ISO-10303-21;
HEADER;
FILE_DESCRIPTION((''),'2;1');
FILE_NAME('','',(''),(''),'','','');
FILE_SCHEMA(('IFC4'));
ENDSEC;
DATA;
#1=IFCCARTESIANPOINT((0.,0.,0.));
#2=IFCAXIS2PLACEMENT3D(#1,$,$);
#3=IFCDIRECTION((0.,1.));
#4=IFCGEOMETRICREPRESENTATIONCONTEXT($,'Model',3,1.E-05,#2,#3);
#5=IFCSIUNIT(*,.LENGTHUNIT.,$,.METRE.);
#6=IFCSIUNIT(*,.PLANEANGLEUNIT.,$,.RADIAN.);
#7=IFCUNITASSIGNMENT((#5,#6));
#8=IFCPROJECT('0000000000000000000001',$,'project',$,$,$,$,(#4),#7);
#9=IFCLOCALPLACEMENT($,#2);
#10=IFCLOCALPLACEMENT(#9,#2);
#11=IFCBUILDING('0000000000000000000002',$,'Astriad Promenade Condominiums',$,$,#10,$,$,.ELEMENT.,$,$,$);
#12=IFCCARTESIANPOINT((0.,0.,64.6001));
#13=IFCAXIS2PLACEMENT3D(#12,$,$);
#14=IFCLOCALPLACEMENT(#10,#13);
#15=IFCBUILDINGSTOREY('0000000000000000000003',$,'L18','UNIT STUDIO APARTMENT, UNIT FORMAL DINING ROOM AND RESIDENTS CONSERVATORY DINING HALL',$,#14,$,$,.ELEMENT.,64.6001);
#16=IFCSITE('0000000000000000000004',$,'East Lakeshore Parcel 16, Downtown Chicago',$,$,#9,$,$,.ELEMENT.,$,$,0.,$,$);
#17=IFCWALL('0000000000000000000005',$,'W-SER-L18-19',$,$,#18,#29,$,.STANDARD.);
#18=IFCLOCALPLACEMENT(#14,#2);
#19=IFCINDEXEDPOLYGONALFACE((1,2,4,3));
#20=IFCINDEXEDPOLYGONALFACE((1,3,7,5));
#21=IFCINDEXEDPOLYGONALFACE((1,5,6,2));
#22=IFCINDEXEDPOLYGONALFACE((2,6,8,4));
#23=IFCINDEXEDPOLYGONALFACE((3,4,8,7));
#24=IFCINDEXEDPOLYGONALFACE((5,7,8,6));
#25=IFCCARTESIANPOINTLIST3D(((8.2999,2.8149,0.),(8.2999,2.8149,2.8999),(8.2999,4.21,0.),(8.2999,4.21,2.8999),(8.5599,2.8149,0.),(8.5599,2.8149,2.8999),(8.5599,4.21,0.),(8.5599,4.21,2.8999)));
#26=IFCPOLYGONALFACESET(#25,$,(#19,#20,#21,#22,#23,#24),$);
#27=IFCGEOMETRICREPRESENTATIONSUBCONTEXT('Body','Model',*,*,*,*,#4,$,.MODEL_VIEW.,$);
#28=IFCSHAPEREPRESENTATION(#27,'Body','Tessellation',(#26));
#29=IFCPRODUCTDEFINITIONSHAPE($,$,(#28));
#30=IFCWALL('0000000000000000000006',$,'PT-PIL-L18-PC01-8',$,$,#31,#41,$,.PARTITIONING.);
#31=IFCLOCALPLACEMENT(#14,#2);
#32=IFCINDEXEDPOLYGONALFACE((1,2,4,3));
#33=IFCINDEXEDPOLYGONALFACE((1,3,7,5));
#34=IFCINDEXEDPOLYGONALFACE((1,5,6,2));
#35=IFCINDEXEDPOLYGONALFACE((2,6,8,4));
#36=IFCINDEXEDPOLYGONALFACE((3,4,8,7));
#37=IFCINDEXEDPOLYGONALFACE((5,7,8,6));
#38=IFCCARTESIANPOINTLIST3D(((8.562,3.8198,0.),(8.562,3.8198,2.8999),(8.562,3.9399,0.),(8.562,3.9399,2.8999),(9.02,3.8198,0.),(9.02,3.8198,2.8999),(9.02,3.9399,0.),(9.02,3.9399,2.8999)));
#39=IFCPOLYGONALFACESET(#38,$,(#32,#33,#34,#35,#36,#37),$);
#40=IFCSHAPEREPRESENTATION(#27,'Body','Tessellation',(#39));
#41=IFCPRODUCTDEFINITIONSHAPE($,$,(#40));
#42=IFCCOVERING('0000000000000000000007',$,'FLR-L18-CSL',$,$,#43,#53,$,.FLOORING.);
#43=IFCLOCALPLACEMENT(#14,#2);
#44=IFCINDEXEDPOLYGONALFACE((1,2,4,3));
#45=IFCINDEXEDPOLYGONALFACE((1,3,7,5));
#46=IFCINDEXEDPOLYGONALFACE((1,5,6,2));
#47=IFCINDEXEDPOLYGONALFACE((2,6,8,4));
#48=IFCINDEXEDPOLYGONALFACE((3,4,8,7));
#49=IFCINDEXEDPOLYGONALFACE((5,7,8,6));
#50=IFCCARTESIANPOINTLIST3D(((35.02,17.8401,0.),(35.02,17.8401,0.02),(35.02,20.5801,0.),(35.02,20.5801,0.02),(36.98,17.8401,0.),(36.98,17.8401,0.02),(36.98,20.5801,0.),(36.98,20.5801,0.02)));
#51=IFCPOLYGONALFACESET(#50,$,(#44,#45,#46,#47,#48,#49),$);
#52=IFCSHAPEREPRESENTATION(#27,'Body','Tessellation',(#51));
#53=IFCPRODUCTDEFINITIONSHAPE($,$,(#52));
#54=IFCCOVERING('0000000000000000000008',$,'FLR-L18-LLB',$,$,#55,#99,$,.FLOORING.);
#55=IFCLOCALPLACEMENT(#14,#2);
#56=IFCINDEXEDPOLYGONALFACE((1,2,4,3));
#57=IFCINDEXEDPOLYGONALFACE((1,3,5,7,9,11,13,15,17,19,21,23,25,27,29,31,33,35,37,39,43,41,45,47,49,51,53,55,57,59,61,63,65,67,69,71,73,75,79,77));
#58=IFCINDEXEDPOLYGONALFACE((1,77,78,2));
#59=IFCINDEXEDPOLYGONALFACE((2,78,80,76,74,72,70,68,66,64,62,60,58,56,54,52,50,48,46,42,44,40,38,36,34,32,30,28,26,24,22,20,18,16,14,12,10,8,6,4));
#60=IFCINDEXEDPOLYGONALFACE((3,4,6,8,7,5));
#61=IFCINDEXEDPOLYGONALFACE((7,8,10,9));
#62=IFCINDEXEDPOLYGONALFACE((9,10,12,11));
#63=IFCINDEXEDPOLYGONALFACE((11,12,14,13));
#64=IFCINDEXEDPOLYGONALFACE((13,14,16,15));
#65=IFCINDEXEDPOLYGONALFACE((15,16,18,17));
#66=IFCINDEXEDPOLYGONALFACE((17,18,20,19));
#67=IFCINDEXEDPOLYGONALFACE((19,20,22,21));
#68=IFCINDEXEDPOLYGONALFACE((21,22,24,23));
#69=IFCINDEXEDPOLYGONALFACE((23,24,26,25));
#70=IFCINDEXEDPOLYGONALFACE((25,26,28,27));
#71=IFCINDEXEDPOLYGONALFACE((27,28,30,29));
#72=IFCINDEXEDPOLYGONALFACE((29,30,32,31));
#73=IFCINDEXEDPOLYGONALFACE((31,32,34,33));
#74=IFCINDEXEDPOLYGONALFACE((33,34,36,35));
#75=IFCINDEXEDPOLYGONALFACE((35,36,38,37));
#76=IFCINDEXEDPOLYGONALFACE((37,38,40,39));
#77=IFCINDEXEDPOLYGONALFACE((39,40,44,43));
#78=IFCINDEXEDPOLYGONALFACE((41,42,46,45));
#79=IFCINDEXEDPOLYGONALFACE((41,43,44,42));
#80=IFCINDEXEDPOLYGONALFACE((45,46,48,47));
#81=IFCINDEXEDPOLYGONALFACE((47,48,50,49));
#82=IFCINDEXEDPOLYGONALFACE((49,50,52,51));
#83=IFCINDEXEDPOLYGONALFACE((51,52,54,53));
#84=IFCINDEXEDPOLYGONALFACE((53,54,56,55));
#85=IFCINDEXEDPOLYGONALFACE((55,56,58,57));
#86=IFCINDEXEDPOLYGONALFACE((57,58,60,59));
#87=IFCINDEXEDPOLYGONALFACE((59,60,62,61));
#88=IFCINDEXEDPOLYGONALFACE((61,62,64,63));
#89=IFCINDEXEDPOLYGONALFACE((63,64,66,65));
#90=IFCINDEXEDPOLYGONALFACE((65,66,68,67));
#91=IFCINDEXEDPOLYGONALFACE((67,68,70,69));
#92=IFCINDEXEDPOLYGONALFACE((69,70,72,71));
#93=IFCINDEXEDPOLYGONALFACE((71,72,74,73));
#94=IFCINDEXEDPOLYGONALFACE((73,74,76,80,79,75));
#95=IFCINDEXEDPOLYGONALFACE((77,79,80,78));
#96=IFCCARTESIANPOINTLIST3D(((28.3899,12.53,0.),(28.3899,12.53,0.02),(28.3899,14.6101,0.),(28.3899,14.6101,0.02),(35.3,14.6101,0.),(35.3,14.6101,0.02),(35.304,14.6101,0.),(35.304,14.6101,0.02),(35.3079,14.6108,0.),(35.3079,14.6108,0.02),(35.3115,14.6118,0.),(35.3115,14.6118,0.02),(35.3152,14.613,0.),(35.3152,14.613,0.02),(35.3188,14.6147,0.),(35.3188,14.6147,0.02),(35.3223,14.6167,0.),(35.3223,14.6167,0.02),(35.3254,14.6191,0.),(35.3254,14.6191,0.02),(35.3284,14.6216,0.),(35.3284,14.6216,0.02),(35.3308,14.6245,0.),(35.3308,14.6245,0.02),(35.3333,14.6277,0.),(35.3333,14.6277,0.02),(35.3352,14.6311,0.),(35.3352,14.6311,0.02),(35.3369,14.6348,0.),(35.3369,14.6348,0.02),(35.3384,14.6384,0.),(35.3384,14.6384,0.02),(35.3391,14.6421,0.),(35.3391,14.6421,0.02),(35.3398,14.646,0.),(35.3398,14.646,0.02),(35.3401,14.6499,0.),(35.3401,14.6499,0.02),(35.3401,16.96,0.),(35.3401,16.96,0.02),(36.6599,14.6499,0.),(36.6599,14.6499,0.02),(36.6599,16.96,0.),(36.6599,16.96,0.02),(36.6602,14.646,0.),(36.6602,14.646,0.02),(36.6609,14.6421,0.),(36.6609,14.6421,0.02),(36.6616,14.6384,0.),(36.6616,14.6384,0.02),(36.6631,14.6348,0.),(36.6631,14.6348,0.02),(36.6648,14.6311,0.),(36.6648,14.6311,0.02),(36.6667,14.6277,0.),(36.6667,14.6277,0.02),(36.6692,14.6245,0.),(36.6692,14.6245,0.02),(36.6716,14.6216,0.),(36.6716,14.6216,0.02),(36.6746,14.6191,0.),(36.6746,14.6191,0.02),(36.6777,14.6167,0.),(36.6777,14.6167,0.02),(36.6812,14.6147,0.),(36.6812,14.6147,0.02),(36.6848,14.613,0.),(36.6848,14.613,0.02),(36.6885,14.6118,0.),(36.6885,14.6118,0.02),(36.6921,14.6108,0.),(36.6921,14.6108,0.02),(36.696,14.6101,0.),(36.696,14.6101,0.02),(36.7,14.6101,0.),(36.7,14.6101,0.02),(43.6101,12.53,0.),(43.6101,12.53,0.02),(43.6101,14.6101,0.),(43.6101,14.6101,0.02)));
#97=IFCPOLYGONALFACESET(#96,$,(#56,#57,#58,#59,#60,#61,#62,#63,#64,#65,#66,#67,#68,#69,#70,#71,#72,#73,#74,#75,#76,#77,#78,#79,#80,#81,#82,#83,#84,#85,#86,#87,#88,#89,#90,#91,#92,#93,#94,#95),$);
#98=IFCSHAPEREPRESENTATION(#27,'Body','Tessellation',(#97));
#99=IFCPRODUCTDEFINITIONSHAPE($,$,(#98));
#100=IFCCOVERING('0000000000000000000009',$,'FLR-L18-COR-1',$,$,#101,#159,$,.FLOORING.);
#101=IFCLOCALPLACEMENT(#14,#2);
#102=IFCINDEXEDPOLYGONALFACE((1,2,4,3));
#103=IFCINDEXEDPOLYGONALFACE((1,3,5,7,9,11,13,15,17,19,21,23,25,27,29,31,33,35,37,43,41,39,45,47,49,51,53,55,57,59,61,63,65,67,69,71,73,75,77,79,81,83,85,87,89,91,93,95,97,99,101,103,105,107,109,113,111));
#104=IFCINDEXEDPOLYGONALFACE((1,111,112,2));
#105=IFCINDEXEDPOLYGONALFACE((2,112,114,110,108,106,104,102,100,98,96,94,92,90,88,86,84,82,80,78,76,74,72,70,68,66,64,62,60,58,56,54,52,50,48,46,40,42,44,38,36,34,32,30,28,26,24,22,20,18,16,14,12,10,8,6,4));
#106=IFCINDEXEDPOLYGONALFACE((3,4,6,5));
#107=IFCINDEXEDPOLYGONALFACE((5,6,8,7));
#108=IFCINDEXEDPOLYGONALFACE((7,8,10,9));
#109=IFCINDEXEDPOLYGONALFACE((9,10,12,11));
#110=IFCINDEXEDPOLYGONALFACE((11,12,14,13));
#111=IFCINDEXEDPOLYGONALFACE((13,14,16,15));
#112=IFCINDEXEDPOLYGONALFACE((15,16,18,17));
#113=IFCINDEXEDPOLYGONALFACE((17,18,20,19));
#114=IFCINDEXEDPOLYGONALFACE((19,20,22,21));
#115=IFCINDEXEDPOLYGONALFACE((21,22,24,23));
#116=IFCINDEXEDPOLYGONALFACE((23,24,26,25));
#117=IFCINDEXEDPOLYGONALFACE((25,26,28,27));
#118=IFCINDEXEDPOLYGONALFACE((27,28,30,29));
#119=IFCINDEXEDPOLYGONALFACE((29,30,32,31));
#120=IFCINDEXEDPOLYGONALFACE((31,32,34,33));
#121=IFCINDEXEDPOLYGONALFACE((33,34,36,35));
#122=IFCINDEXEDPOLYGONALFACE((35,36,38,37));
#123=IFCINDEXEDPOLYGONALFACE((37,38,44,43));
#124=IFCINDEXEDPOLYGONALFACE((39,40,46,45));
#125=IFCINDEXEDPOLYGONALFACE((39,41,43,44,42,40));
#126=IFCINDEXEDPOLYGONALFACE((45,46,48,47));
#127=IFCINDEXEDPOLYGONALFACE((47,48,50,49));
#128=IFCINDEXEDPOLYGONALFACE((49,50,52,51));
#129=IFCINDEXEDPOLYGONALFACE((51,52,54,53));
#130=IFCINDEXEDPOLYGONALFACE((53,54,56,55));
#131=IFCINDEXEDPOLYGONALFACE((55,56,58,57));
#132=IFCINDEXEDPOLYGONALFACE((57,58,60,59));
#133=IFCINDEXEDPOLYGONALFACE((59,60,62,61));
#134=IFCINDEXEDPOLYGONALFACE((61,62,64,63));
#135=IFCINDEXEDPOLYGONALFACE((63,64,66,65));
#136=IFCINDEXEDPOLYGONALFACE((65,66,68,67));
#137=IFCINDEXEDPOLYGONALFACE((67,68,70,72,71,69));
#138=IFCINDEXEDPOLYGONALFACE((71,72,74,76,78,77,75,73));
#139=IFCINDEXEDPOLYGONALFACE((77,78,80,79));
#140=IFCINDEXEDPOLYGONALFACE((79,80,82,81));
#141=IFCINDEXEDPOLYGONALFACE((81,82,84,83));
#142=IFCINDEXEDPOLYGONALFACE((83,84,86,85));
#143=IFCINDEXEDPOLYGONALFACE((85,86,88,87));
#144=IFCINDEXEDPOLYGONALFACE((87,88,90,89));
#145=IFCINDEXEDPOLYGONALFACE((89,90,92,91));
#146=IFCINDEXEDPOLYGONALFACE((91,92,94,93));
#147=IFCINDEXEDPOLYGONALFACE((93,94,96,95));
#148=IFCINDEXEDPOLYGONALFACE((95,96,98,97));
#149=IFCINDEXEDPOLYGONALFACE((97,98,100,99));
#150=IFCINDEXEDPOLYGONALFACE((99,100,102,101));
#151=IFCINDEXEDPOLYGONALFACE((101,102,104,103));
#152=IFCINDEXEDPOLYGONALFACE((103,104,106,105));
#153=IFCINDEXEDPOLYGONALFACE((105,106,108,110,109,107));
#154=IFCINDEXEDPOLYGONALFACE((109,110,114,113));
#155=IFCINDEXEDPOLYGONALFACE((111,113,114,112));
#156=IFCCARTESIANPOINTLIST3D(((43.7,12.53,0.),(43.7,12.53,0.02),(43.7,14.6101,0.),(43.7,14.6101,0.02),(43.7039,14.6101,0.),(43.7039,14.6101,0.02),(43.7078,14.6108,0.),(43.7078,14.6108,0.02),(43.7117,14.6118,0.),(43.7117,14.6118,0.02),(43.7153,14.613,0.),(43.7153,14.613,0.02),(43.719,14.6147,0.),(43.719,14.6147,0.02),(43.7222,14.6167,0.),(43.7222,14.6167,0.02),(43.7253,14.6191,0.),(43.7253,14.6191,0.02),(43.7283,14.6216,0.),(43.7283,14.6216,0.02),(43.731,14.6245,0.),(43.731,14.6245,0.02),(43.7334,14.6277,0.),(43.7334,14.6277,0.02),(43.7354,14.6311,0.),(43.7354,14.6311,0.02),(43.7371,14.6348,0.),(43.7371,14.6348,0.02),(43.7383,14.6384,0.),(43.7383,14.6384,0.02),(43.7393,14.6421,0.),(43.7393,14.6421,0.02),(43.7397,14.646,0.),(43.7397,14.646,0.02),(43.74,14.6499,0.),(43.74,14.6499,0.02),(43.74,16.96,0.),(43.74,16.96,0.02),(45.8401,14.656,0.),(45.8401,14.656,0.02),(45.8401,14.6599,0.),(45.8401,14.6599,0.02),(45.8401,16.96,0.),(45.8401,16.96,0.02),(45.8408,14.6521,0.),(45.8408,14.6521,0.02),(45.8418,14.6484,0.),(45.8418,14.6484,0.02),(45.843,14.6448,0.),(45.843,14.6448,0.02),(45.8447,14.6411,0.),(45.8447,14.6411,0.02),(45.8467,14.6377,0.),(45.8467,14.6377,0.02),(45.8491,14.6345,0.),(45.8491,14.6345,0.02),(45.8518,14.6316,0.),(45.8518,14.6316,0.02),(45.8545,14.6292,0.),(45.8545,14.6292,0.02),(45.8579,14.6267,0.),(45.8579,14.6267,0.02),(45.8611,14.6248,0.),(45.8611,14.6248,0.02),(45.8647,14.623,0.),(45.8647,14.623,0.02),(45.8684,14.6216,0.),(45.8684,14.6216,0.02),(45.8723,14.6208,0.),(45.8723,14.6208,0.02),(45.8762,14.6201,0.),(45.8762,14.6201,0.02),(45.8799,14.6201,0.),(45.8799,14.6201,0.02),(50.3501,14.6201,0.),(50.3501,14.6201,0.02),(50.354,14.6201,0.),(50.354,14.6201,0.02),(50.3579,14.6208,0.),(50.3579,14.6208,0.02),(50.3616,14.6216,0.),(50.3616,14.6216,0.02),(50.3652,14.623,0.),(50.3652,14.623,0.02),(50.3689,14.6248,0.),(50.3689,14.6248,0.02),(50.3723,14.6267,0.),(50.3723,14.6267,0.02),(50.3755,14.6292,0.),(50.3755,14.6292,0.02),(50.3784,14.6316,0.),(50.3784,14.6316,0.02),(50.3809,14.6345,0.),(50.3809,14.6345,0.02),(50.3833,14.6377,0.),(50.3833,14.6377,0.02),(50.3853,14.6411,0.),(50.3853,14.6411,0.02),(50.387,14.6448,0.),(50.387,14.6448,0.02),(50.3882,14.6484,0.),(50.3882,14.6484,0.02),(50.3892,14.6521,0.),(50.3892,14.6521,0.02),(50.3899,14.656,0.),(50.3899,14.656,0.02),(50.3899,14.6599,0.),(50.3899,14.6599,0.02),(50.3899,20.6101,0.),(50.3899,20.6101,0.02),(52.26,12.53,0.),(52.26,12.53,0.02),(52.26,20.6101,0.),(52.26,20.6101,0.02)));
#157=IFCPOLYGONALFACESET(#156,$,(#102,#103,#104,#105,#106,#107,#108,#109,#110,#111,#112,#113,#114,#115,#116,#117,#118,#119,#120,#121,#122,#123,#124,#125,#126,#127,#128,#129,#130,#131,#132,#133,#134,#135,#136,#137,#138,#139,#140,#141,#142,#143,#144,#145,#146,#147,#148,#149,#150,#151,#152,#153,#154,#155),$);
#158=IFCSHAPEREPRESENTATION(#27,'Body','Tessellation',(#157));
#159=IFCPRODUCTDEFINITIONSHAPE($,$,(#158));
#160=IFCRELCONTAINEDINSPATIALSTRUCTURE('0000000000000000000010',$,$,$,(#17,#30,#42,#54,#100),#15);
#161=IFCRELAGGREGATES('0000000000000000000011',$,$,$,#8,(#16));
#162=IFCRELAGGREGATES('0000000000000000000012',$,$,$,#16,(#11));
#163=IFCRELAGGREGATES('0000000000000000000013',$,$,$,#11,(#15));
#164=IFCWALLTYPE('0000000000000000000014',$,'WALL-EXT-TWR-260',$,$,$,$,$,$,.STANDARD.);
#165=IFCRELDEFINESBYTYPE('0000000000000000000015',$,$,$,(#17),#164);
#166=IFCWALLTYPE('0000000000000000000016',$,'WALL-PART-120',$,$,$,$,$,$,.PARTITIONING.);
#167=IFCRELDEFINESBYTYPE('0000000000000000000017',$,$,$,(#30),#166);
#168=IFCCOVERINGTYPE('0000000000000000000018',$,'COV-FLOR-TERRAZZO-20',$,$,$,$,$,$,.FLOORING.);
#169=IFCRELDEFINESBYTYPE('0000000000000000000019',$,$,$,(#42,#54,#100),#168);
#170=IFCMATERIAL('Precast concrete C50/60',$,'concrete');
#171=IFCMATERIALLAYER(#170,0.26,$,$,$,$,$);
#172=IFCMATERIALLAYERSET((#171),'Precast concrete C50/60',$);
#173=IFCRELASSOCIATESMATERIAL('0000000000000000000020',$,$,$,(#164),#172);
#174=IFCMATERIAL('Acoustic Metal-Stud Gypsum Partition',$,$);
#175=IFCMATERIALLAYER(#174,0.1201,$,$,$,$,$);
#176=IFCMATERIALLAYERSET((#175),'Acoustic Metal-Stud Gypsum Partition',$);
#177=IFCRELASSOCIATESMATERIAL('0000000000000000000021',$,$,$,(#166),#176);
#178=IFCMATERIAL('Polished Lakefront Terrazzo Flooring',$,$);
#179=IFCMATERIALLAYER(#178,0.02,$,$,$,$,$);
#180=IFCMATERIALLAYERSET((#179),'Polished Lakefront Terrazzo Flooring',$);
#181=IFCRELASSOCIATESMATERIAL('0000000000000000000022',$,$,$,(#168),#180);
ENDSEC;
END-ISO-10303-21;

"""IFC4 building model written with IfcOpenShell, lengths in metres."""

from ifc_helpers import new_model, si_unit, direction, frame, frame_2d, origin, place, context, subcontext, project, spatial, polyline, rectangle, outline, extrude, material, layer, layer_set, type_object, element, save


model = new_model("IFC4")

# Units and contexts
model_context = context("Model", 3, precision=1e-05, world=origin(), true_north=direction((0.0, 1.0)))
body_context = subcontext(model_context, "Body", "Model", "MODEL_VIEW")
ifc_project = project(units=[si_unit("LENGTHUNIT", "METRE"), si_unit("PLANEANGLEUNIT", "RADIAN")], contexts=[model_context])

# Site, building, storey
site_placement = place(None, origin())
site = spatial("IfcSite", under=ifc_project, at=site_placement, Name="East Lakeshore Parcel 16, Downtown Chicago", CompositionType="ELEMENT", RefElevation=0.0)
building_placement = place(site_placement, origin())
building = spatial("IfcBuilding", under=site, at=building_placement, Name="Astriad Promenade Condominiums", CompositionType="ELEMENT")
storey_placement = place(building_placement, frame((0.0, 0.0, 64.6001)))
storey = spatial("IfcBuildingStorey", under=building, at=storey_placement, Name="L18", Description="UNIT STUDIO APARTMENT, UNIT FORMAL DINING ROOM AND RESIDENTS CONSERVATORY DINING HALL", CompositionType="ELEMENT", Elevation=64.6001)

# Shared definitions
ifc_material_1 = material(Name="Precast concrete C50/60", Category="concrete")

# Walls
ifc_layer_1 = layer(ifc_material_1, 0.26)
ifc_layer_set_1 = layer_set([ifc_layer_1], Name="Precast concrete C50/60")
wall_type_1 = type_object("IfcWallType", Name="WALL-EXT-TWR-260", PredefinedType="STANDARD", material=ifc_layer_set_1)
for number, where, z_axis, x_axis, name in (
    (1, (8.4299, 2.8149, 0.0), (0.0, 0.0, 1.0), (0.0, 1.0, 0.0), "W-SER-L18-19"),
):
    element("IfcWall", number, at=place(storey_placement, frame(where, z_axis=z_axis, x_axis=x_axis)), inside=storey, type_object=wall_type_1, Name=name, PredefinedType="STANDARD", context=body_context, shape_type="SweptSolid", body=[
        extrude(rectangle(XDim=1.395, YDim=0.26, at=frame_2d((0.6975, 0.0))), origin(), (0.0, 0.0, 1.0), 2.8999),
    ])
ifc_material_2 = material(Name="Acoustic Metal-Stud Gypsum Partition")
ifc_layer_2 = layer(ifc_material_2, 0.1201)
ifc_layer_set_2 = layer_set([ifc_layer_2], Name="Acoustic Metal-Stud Gypsum Partition")
wall_type_2 = type_object("IfcWallType", Name="WALL-PART-120", PredefinedType="PARTITIONING", material=ifc_layer_set_2)
wall_1_placement = place(storey_placement, frame((9.02, 3.8799, 0.0), z_axis=(0.0, 0.0, 1.0), x_axis=(-1.0, 0.0, 0.0)))
element("IfcWall", 2, at=wall_1_placement, inside=storey, type_object=wall_type_2, Name="PT-PIL-L18-PC01-8", PredefinedType="PARTITIONING", context=body_context, shape_type="SweptSolid", body=[
    extrude(rectangle(XDim=0.458, YDim=0.1201, at=frame_2d((0.229, 0.0))), origin(), (0.0, 0.0, 1.0), 2.8999),
])

# Coverings
ifc_material_3 = material(Name="Polished Lakefront Terrazzo Flooring")
ifc_layer_3 = layer(ifc_material_3, 0.02)
ifc_layer_set_3 = layer_set([ifc_layer_3], Name="Polished Lakefront Terrazzo Flooring")
covering_type = type_object("IfcCoveringType", Name="COV-FLOR-TERRAZZO-20", PredefinedType="FLOORING", material=ifc_layer_set_3)
covering_1_placement = place(storey_placement, origin())
element("IfcCovering", 3, at=covering_1_placement, inside=storey, type_object=covering_type, Name="FLR-L18-CSL", PredefinedType="FLOORING", context=body_context, shape_type="SweptSolid", body=[
    extrude(outline(polyline([(36.98, 17.8401), (35.02, 17.8401), (35.02, 20.5801), (36.98, 20.5801), (36.98, 17.8401)])), origin(), (0.0, 0.0, 1.0), 0.02),
])
covering_2_placement = place(storey_placement, origin())
element("IfcCovering", 4, at=covering_2_placement, inside=storey, type_object=covering_type, Name="FLR-L18-LLB", PredefinedType="FLOORING", context=body_context, shape_type="SweptSolid", body=[
    extrude(outline(polyline([(43.6101, 14.6101), (43.6101, 12.53), (28.3899, 12.53), (28.3899, 14.6101), (35.3, 14.6101), (35.304, 14.6101), (35.3079, 14.6108), (35.3115, 14.6118), (35.3152, 14.613), (35.3188, 14.6147), (35.3223, 14.6167), (35.3254, 14.6191), (35.3284, 14.6216), (35.3308, 14.6245), (35.3333, 14.6277), (35.3352, 14.6311), (35.3369, 14.6348), (35.3384, 14.6384), (35.3391, 14.6421), (35.3398, 14.646), (35.3401, 14.6499), (35.3401, 16.96), (36.6599, 16.96), (36.6599, 14.6499), (36.6602, 14.646), (36.6609, 14.6421), (36.6616, 14.6384), (36.6631, 14.6348), (36.6648, 14.6311), (36.6667, 14.6277), (36.6692, 14.6245), (36.6716, 14.6216), (36.6746, 14.6191), (36.6777, 14.6167), (36.6812, 14.6147), (36.6848, 14.613), (36.6885, 14.6118), (36.6921, 14.6108), (36.696, 14.6101), (36.7, 14.6101), (43.6101, 14.6101)])), origin(), (0.0, 0.0, 1.0), 0.02),
])
covering_3_placement = place(storey_placement, origin())
element("IfcCovering", 5, at=covering_3_placement, inside=storey, type_object=covering_type, Name="FLR-L18-COR-1", PredefinedType="FLOORING", context=body_context, shape_type="SweptSolid", body=[
    extrude(outline(polyline([(43.7, 12.53), (43.7, 14.6101), (43.7039, 14.6101), (43.7078, 14.6108), (43.7117, 14.6118), (43.7153, 14.613), (43.719, 14.6147), (43.7222, 14.6167), (43.7253, 14.6191), (43.7283, 14.6216), (43.731, 14.6245), (43.7334, 14.6277), (43.7354, 14.6311), (43.7371, 14.6348), (43.7383, 14.6384), (43.7393, 14.6421), (43.7397, 14.646), (43.74, 14.6499), (43.74, 16.96), (45.8401, 16.96), (45.8401, 14.6599), (45.8401, 14.656), (45.8408, 14.6521), (45.8418, 14.6484), (45.843, 14.6448), (45.8447, 14.6411), (45.8467, 14.6377), (45.8491, 14.6345), (45.8518, 14.6316), (45.8545, 14.6292), (45.8579, 14.6267), (45.8611, 14.6248), (45.8647, 14.623), (45.8684, 14.6216), (45.8723, 14.6208), (45.8762, 14.6201), (45.8799, 14.6201), (50.3501, 14.6201), (50.354, 14.6201), (50.3579, 14.6208), (50.3616, 14.6216), (50.3652, 14.623), (50.3689, 14.6248), (50.3723, 14.6267), (50.3755, 14.6292), (50.3784, 14.6316), (50.3809, 14.6345), (50.3833, 14.6377), (50.3853, 14.6411), (50.387, 14.6448), (50.3882, 14.6484), (50.3892, 14.6521), (50.3899, 14.656), (50.3899, 14.6599), (50.3899, 20.6101), (52.26, 20.6101), (52.26, 12.53), (43.7, 12.53)])), origin(), (0.0, 0.0, 1.0), 0.02),
])

save(model, "model.ifc")
